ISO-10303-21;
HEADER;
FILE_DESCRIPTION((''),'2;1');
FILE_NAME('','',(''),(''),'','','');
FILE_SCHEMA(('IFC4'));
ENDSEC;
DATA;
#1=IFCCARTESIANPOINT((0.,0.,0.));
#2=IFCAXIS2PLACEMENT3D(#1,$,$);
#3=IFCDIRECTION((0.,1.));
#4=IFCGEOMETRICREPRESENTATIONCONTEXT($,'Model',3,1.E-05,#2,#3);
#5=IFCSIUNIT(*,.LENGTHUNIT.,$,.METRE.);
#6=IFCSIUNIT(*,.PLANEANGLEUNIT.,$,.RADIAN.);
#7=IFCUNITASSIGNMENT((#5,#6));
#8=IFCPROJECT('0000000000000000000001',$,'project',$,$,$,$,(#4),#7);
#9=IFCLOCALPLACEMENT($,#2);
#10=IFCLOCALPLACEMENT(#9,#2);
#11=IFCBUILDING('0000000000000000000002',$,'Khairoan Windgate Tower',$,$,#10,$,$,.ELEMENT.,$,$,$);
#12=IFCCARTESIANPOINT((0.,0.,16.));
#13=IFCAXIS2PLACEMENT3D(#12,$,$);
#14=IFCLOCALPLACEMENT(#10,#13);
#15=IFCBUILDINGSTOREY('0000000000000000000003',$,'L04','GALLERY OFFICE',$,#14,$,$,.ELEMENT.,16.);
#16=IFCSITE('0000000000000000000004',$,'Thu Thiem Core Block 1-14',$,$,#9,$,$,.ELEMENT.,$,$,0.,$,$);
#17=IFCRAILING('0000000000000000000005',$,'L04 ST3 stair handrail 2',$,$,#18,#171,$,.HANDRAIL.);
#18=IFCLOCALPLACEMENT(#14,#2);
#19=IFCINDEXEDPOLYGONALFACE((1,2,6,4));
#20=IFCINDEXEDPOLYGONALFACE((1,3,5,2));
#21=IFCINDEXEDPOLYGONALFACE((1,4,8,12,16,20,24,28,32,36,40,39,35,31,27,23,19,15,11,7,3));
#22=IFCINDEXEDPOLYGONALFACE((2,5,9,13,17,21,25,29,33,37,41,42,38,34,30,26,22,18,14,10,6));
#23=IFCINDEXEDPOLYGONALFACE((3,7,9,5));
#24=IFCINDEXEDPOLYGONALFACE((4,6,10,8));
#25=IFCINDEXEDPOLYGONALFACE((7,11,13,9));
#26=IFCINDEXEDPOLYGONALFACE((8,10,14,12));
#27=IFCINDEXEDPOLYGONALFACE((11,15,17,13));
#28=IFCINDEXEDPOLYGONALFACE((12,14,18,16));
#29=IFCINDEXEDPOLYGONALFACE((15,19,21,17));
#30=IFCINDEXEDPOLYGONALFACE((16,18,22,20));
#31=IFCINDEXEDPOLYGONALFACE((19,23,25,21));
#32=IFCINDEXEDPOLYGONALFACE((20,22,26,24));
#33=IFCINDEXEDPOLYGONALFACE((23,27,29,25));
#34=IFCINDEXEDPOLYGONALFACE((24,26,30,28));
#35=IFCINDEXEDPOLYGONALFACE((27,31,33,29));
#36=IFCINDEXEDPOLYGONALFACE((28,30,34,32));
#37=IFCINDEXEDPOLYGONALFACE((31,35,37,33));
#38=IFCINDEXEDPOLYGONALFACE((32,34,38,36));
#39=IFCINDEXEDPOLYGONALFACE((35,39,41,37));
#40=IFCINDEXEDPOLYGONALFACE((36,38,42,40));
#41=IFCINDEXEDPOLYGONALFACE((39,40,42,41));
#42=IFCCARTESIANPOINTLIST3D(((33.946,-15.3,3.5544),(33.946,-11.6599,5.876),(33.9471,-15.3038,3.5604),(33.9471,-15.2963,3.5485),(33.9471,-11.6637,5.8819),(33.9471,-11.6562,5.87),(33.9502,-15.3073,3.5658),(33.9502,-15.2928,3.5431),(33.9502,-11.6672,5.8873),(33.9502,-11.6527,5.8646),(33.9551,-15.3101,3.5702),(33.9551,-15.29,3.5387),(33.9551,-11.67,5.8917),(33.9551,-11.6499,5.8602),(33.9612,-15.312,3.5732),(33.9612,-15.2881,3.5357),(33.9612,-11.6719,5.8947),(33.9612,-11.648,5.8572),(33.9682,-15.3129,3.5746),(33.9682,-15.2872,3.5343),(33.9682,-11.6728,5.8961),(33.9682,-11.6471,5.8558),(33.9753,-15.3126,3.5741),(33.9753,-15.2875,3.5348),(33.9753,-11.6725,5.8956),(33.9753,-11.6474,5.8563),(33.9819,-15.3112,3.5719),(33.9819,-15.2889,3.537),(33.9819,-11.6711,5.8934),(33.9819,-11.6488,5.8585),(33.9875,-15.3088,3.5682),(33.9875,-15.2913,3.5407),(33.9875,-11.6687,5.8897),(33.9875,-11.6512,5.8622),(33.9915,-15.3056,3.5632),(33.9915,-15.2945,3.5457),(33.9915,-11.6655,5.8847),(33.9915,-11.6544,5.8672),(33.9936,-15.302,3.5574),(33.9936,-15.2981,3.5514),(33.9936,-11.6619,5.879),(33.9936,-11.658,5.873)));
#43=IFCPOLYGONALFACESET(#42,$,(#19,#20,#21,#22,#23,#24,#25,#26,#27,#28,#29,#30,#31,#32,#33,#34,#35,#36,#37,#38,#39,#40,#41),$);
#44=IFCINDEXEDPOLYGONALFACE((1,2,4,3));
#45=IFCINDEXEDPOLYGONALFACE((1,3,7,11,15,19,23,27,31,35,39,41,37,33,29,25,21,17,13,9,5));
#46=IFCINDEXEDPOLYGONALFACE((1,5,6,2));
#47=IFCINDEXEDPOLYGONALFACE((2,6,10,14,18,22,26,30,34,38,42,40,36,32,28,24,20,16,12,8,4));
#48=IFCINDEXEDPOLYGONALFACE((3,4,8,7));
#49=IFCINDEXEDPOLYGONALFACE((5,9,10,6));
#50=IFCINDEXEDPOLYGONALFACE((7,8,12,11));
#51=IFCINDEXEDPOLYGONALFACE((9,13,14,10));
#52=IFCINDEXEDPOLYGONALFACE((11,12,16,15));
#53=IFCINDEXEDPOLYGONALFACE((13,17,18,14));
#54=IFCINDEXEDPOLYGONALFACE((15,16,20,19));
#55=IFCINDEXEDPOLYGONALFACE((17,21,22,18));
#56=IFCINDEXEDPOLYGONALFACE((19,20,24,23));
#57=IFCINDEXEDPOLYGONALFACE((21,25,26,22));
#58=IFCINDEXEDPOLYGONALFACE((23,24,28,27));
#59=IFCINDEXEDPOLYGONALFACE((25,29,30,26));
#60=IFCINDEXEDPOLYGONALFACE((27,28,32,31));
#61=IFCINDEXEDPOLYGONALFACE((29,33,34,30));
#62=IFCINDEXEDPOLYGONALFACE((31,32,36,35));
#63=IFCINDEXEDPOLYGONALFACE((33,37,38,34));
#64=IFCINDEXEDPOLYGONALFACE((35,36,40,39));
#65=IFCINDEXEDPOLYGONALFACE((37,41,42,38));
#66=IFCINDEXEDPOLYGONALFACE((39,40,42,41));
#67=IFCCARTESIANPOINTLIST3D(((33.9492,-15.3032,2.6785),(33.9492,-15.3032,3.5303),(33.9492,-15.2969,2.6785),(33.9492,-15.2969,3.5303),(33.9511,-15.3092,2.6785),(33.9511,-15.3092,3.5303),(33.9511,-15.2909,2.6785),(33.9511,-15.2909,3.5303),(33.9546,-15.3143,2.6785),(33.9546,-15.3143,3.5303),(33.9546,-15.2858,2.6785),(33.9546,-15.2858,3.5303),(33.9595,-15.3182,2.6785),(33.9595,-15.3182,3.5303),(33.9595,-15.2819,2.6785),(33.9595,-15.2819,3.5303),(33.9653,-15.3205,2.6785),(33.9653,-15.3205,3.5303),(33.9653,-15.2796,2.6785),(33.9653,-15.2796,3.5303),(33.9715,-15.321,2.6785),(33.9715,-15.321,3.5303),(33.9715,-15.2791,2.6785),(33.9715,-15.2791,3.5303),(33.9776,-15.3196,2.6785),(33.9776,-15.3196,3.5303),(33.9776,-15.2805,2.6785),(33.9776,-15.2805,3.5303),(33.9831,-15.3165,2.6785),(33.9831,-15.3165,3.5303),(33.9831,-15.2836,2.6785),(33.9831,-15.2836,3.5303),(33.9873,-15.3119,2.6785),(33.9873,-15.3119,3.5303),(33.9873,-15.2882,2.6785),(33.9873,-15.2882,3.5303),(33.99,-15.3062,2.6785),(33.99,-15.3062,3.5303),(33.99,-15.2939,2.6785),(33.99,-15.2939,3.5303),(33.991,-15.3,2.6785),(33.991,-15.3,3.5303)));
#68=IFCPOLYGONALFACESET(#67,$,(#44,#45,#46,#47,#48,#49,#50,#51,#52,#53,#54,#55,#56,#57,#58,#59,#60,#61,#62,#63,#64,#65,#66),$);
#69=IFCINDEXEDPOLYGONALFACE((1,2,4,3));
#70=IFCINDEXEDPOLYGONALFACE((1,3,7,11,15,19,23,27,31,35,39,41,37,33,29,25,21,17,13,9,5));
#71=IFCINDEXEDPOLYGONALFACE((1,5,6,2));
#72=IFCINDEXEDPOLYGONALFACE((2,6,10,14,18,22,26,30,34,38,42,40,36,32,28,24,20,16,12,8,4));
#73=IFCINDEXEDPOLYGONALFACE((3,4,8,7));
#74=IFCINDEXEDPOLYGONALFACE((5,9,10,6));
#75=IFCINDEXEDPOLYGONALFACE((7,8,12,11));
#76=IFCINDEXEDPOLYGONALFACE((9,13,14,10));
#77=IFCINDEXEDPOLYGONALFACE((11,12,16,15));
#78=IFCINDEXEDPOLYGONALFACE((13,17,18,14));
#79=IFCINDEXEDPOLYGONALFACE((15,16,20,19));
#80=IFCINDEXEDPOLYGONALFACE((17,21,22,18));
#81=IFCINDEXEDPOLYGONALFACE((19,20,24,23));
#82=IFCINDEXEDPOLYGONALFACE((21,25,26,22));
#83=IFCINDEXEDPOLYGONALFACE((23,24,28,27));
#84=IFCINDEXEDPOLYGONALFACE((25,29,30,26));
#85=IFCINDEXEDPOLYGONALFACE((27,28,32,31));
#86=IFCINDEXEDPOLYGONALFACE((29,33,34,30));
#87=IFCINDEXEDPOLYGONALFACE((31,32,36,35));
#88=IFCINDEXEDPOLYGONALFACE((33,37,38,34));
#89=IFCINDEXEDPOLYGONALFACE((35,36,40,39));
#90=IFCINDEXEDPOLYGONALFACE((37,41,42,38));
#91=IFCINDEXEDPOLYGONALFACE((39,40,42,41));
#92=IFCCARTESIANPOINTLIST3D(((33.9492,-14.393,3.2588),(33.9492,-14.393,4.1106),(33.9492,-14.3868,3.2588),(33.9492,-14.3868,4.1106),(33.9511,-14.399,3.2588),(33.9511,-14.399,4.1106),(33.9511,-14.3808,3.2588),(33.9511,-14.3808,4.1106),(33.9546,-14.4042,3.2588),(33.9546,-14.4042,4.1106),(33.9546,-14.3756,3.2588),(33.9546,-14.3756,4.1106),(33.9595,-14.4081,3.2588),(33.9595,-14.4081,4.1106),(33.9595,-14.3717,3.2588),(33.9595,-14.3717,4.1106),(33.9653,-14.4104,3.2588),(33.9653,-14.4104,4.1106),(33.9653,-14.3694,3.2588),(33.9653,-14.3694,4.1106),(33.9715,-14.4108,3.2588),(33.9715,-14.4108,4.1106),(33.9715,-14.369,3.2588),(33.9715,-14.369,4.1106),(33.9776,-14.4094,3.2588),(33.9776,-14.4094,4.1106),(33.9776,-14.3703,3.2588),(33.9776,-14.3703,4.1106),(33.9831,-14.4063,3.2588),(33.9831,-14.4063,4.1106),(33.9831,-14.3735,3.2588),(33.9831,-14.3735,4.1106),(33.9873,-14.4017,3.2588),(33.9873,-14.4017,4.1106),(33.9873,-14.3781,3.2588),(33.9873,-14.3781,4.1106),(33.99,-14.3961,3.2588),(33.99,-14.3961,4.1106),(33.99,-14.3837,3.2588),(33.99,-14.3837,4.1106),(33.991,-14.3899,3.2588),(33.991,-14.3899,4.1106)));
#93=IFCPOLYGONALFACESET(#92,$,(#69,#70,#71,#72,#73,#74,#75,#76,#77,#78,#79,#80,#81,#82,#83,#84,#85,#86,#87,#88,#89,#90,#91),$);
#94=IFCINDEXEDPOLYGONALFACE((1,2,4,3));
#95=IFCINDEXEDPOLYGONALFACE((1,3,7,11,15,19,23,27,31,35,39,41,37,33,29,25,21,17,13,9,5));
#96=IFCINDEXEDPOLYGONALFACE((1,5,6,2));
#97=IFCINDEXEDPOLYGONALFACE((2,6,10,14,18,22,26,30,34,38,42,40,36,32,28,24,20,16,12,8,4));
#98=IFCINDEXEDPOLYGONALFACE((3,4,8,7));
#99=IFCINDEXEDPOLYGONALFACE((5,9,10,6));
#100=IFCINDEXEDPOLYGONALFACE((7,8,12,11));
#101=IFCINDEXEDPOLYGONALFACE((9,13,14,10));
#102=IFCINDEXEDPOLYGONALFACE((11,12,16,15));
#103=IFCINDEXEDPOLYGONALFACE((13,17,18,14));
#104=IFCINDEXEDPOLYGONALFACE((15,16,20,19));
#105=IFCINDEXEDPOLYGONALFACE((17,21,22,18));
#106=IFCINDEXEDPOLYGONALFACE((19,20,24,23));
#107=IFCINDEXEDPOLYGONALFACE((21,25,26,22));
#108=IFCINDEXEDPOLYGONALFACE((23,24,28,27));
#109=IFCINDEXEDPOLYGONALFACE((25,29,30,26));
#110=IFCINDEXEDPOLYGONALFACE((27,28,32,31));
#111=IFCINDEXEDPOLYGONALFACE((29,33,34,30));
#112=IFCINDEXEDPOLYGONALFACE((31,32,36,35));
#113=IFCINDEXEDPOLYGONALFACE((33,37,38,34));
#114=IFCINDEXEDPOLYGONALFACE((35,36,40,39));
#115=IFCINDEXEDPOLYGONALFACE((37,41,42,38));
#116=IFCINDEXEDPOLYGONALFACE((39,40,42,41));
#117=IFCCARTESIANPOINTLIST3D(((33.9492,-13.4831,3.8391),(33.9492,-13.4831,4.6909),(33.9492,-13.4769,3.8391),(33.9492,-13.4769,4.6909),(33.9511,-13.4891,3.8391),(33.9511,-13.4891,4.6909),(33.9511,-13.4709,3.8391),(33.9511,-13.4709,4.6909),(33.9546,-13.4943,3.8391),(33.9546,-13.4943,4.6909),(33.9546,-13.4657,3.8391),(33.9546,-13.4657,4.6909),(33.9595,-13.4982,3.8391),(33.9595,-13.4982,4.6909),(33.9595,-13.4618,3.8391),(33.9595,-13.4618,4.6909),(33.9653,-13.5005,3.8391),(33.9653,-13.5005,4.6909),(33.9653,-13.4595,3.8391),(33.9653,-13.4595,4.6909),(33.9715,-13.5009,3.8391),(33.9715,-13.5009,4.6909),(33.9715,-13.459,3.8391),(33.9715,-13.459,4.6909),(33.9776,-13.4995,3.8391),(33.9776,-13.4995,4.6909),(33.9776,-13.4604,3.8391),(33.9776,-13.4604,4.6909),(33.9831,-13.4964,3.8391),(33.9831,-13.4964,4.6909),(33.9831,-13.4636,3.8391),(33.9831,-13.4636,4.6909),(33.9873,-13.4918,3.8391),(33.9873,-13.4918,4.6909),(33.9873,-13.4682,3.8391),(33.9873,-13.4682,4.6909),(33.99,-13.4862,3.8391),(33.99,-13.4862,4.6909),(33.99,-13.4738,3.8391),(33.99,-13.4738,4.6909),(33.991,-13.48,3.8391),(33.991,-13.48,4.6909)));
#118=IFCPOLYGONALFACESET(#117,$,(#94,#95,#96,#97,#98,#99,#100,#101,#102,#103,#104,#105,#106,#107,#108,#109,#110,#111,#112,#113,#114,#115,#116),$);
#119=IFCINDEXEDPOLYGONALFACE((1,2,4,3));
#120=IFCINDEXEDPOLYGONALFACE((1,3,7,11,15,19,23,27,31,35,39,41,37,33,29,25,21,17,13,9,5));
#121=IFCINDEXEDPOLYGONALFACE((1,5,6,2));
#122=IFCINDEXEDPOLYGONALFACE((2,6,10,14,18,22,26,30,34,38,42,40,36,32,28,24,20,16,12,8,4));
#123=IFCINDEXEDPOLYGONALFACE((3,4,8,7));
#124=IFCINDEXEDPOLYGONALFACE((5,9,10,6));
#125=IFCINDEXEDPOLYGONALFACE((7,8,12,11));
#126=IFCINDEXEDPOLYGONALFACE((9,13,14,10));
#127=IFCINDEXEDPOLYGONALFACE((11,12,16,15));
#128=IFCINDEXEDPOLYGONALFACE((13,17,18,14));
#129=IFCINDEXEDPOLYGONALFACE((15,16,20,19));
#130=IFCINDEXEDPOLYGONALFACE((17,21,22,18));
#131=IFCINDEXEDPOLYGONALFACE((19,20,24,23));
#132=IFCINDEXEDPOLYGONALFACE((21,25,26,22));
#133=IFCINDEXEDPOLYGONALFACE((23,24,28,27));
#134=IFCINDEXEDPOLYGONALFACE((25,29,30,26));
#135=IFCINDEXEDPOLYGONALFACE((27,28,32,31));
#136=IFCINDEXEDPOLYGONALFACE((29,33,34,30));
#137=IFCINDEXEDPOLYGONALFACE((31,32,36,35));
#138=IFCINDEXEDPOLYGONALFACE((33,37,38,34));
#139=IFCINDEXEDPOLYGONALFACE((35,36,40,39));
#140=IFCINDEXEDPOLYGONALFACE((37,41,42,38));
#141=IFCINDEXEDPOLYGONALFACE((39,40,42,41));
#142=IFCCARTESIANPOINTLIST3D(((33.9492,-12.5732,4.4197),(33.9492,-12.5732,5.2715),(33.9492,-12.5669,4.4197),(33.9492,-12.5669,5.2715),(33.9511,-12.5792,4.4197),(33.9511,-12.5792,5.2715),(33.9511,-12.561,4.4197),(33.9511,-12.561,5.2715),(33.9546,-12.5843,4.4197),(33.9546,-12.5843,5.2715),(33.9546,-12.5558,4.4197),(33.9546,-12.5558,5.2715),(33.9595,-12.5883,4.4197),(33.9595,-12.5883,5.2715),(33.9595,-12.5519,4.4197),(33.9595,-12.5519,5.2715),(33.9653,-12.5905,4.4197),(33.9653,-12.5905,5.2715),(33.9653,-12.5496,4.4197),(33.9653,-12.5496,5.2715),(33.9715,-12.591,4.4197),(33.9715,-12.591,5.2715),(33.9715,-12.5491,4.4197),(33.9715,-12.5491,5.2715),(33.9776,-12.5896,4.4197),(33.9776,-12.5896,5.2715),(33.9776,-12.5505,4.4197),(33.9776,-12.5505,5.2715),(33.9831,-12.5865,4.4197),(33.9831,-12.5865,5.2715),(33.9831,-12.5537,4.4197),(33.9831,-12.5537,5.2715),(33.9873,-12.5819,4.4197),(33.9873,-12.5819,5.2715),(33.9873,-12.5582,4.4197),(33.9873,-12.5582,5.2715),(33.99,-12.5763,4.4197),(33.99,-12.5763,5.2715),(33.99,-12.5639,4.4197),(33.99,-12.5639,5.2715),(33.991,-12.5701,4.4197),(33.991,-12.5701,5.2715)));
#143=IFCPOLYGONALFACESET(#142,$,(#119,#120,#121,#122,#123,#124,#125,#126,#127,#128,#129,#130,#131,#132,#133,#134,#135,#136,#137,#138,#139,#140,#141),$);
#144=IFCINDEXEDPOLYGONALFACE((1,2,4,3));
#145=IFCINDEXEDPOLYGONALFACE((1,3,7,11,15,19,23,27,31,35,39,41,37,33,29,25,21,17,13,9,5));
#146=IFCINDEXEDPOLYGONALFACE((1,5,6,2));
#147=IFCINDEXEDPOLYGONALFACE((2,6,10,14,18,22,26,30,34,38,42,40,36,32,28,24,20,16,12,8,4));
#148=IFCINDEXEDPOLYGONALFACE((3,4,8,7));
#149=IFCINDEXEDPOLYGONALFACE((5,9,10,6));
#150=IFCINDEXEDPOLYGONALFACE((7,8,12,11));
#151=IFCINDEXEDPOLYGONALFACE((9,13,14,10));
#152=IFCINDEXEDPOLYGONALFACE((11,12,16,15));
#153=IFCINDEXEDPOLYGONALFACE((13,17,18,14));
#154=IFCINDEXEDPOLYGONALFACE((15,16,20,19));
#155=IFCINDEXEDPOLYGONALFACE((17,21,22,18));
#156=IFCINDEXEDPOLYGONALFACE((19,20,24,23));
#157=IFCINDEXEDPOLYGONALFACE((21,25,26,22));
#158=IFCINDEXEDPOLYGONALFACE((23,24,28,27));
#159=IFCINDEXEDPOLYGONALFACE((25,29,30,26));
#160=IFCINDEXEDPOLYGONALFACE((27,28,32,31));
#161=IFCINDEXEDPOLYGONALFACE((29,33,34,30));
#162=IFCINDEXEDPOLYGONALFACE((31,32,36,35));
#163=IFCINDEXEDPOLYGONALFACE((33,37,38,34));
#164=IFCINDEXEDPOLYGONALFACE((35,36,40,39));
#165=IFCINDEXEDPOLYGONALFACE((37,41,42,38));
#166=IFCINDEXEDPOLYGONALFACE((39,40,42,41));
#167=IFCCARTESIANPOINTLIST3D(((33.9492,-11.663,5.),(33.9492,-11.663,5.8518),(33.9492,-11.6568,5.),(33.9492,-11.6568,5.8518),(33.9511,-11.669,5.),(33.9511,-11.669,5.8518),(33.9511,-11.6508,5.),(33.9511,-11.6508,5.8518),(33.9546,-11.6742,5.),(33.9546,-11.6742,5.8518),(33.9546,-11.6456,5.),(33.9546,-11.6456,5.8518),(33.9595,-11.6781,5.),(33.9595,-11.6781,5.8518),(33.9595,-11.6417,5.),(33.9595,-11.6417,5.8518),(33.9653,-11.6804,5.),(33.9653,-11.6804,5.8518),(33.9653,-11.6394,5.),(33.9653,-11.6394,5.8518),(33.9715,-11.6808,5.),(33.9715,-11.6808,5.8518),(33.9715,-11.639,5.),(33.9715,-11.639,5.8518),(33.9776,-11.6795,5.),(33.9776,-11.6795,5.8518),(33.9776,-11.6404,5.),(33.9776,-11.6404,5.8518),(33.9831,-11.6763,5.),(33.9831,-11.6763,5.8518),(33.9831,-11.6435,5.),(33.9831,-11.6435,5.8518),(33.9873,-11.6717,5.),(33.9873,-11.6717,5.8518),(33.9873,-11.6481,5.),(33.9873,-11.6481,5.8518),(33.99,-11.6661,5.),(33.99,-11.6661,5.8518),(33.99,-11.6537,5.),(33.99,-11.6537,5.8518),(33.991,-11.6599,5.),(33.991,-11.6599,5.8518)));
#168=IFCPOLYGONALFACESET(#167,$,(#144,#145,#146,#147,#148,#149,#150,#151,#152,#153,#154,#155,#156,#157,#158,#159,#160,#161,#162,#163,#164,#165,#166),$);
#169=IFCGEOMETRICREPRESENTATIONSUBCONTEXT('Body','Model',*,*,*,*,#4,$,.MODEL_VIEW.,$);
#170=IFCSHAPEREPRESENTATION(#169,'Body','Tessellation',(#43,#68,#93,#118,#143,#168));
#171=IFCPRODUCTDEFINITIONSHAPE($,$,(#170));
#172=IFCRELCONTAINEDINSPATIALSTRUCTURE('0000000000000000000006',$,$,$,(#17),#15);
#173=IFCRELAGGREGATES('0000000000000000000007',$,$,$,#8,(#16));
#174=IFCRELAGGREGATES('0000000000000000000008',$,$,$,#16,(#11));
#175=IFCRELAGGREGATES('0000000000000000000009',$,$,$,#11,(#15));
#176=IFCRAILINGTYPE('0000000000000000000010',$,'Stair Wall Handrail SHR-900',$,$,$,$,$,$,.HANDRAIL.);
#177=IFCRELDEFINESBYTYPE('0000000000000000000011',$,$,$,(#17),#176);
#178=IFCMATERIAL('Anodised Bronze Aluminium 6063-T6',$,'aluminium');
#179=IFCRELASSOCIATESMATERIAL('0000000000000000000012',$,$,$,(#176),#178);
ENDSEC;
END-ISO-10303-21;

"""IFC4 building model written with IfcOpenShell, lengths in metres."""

from ifc_helpers import new_model, si_unit, direction, frame, origin, origin_2d, place, context, subcontext, project, spatial, circle, extrude, material, type_object, element, save


model = new_model("IFC4")

# Units and contexts
model_context = context("Model", 3, precision=1e-05, world=origin(), true_north=direction((0.0, 1.0)))
body_context = subcontext(model_context, "Body", "Model", "MODEL_VIEW")
ifc_project = project(units=[si_unit("LENGTHUNIT", "METRE"), si_unit("PLANEANGLEUNIT", "RADIAN")], contexts=[model_context])

# Site, building, storey
site_placement = place(None, origin())
site = spatial("IfcSite", under=ifc_project, at=site_placement, Name="Thu Thiem Core Block 1-14", CompositionType="ELEMENT", RefElevation=0.0)
building_placement = place(site_placement, origin())
building = spatial("IfcBuilding", under=site, at=building_placement, Name="Khairoan Windgate Tower", CompositionType="ELEMENT")
storey_placement = place(building_placement, frame((0.0, 0.0, 16.0)))
storey = spatial("IfcBuildingStorey", under=building, at=storey_placement, Name="L04", Description="GALLERY OFFICE", CompositionType="ELEMENT", Elevation=16.0)

# Railing
ifc_material_1 = material(Name="Anodised Bronze Aluminium 6063-T6", Category="aluminium")
railing_type_1 = type_object("IfcRailingType", Name="Stair Wall Handrail SHR-900", PredefinedType="HANDRAIL", material=ifc_material_1)
railing_1_placement = place(storey_placement, frame((33.97, -15.3, 2.6785)))
element("IfcRailing", 1, at=railing_1_placement, inside=storey, type_object=railing_type_1, Name="L04 ST3 stair handrail 2", PredefinedType="HANDRAIL", context=body_context, shape_type="SweptSolid", body=[
    extrude(circle(Radius=0.0239, at=origin_2d()), frame((0.0, 0.0, 0.876), z_axis=(0.0, 0.843128, 0.537713), x_axis=(-1.0, 0.0, 0.0)), (0.0, 0.0, 1.0), 4.3174),
    extrude(circle(Radius=0.021, at=origin_2d()), origin(), (0.0, 0.0, 1.0), 0.8518),
    extrude(circle(Radius=0.021, at=origin_2d()), frame((0.0, 0.9102, 0.5803)), (0.0, 0.0, 1.0), 0.8518),
    extrude(circle(Radius=0.021, at=origin_2d()), frame((0.0, 1.8201, 1.1606)), (0.0, 0.0, 1.0), 0.8518),
    extrude(circle(Radius=0.021, at=origin_2d()), frame((0.0, 2.73, 1.7412)), (0.0, 0.0, 1.0), 0.8518),
    extrude(circle(Radius=0.021, at=origin_2d()), frame((0.0, 3.6401, 2.3215)), (0.0, 0.0, 1.0), 0.8518),
])

save(model, "model.ifc")
